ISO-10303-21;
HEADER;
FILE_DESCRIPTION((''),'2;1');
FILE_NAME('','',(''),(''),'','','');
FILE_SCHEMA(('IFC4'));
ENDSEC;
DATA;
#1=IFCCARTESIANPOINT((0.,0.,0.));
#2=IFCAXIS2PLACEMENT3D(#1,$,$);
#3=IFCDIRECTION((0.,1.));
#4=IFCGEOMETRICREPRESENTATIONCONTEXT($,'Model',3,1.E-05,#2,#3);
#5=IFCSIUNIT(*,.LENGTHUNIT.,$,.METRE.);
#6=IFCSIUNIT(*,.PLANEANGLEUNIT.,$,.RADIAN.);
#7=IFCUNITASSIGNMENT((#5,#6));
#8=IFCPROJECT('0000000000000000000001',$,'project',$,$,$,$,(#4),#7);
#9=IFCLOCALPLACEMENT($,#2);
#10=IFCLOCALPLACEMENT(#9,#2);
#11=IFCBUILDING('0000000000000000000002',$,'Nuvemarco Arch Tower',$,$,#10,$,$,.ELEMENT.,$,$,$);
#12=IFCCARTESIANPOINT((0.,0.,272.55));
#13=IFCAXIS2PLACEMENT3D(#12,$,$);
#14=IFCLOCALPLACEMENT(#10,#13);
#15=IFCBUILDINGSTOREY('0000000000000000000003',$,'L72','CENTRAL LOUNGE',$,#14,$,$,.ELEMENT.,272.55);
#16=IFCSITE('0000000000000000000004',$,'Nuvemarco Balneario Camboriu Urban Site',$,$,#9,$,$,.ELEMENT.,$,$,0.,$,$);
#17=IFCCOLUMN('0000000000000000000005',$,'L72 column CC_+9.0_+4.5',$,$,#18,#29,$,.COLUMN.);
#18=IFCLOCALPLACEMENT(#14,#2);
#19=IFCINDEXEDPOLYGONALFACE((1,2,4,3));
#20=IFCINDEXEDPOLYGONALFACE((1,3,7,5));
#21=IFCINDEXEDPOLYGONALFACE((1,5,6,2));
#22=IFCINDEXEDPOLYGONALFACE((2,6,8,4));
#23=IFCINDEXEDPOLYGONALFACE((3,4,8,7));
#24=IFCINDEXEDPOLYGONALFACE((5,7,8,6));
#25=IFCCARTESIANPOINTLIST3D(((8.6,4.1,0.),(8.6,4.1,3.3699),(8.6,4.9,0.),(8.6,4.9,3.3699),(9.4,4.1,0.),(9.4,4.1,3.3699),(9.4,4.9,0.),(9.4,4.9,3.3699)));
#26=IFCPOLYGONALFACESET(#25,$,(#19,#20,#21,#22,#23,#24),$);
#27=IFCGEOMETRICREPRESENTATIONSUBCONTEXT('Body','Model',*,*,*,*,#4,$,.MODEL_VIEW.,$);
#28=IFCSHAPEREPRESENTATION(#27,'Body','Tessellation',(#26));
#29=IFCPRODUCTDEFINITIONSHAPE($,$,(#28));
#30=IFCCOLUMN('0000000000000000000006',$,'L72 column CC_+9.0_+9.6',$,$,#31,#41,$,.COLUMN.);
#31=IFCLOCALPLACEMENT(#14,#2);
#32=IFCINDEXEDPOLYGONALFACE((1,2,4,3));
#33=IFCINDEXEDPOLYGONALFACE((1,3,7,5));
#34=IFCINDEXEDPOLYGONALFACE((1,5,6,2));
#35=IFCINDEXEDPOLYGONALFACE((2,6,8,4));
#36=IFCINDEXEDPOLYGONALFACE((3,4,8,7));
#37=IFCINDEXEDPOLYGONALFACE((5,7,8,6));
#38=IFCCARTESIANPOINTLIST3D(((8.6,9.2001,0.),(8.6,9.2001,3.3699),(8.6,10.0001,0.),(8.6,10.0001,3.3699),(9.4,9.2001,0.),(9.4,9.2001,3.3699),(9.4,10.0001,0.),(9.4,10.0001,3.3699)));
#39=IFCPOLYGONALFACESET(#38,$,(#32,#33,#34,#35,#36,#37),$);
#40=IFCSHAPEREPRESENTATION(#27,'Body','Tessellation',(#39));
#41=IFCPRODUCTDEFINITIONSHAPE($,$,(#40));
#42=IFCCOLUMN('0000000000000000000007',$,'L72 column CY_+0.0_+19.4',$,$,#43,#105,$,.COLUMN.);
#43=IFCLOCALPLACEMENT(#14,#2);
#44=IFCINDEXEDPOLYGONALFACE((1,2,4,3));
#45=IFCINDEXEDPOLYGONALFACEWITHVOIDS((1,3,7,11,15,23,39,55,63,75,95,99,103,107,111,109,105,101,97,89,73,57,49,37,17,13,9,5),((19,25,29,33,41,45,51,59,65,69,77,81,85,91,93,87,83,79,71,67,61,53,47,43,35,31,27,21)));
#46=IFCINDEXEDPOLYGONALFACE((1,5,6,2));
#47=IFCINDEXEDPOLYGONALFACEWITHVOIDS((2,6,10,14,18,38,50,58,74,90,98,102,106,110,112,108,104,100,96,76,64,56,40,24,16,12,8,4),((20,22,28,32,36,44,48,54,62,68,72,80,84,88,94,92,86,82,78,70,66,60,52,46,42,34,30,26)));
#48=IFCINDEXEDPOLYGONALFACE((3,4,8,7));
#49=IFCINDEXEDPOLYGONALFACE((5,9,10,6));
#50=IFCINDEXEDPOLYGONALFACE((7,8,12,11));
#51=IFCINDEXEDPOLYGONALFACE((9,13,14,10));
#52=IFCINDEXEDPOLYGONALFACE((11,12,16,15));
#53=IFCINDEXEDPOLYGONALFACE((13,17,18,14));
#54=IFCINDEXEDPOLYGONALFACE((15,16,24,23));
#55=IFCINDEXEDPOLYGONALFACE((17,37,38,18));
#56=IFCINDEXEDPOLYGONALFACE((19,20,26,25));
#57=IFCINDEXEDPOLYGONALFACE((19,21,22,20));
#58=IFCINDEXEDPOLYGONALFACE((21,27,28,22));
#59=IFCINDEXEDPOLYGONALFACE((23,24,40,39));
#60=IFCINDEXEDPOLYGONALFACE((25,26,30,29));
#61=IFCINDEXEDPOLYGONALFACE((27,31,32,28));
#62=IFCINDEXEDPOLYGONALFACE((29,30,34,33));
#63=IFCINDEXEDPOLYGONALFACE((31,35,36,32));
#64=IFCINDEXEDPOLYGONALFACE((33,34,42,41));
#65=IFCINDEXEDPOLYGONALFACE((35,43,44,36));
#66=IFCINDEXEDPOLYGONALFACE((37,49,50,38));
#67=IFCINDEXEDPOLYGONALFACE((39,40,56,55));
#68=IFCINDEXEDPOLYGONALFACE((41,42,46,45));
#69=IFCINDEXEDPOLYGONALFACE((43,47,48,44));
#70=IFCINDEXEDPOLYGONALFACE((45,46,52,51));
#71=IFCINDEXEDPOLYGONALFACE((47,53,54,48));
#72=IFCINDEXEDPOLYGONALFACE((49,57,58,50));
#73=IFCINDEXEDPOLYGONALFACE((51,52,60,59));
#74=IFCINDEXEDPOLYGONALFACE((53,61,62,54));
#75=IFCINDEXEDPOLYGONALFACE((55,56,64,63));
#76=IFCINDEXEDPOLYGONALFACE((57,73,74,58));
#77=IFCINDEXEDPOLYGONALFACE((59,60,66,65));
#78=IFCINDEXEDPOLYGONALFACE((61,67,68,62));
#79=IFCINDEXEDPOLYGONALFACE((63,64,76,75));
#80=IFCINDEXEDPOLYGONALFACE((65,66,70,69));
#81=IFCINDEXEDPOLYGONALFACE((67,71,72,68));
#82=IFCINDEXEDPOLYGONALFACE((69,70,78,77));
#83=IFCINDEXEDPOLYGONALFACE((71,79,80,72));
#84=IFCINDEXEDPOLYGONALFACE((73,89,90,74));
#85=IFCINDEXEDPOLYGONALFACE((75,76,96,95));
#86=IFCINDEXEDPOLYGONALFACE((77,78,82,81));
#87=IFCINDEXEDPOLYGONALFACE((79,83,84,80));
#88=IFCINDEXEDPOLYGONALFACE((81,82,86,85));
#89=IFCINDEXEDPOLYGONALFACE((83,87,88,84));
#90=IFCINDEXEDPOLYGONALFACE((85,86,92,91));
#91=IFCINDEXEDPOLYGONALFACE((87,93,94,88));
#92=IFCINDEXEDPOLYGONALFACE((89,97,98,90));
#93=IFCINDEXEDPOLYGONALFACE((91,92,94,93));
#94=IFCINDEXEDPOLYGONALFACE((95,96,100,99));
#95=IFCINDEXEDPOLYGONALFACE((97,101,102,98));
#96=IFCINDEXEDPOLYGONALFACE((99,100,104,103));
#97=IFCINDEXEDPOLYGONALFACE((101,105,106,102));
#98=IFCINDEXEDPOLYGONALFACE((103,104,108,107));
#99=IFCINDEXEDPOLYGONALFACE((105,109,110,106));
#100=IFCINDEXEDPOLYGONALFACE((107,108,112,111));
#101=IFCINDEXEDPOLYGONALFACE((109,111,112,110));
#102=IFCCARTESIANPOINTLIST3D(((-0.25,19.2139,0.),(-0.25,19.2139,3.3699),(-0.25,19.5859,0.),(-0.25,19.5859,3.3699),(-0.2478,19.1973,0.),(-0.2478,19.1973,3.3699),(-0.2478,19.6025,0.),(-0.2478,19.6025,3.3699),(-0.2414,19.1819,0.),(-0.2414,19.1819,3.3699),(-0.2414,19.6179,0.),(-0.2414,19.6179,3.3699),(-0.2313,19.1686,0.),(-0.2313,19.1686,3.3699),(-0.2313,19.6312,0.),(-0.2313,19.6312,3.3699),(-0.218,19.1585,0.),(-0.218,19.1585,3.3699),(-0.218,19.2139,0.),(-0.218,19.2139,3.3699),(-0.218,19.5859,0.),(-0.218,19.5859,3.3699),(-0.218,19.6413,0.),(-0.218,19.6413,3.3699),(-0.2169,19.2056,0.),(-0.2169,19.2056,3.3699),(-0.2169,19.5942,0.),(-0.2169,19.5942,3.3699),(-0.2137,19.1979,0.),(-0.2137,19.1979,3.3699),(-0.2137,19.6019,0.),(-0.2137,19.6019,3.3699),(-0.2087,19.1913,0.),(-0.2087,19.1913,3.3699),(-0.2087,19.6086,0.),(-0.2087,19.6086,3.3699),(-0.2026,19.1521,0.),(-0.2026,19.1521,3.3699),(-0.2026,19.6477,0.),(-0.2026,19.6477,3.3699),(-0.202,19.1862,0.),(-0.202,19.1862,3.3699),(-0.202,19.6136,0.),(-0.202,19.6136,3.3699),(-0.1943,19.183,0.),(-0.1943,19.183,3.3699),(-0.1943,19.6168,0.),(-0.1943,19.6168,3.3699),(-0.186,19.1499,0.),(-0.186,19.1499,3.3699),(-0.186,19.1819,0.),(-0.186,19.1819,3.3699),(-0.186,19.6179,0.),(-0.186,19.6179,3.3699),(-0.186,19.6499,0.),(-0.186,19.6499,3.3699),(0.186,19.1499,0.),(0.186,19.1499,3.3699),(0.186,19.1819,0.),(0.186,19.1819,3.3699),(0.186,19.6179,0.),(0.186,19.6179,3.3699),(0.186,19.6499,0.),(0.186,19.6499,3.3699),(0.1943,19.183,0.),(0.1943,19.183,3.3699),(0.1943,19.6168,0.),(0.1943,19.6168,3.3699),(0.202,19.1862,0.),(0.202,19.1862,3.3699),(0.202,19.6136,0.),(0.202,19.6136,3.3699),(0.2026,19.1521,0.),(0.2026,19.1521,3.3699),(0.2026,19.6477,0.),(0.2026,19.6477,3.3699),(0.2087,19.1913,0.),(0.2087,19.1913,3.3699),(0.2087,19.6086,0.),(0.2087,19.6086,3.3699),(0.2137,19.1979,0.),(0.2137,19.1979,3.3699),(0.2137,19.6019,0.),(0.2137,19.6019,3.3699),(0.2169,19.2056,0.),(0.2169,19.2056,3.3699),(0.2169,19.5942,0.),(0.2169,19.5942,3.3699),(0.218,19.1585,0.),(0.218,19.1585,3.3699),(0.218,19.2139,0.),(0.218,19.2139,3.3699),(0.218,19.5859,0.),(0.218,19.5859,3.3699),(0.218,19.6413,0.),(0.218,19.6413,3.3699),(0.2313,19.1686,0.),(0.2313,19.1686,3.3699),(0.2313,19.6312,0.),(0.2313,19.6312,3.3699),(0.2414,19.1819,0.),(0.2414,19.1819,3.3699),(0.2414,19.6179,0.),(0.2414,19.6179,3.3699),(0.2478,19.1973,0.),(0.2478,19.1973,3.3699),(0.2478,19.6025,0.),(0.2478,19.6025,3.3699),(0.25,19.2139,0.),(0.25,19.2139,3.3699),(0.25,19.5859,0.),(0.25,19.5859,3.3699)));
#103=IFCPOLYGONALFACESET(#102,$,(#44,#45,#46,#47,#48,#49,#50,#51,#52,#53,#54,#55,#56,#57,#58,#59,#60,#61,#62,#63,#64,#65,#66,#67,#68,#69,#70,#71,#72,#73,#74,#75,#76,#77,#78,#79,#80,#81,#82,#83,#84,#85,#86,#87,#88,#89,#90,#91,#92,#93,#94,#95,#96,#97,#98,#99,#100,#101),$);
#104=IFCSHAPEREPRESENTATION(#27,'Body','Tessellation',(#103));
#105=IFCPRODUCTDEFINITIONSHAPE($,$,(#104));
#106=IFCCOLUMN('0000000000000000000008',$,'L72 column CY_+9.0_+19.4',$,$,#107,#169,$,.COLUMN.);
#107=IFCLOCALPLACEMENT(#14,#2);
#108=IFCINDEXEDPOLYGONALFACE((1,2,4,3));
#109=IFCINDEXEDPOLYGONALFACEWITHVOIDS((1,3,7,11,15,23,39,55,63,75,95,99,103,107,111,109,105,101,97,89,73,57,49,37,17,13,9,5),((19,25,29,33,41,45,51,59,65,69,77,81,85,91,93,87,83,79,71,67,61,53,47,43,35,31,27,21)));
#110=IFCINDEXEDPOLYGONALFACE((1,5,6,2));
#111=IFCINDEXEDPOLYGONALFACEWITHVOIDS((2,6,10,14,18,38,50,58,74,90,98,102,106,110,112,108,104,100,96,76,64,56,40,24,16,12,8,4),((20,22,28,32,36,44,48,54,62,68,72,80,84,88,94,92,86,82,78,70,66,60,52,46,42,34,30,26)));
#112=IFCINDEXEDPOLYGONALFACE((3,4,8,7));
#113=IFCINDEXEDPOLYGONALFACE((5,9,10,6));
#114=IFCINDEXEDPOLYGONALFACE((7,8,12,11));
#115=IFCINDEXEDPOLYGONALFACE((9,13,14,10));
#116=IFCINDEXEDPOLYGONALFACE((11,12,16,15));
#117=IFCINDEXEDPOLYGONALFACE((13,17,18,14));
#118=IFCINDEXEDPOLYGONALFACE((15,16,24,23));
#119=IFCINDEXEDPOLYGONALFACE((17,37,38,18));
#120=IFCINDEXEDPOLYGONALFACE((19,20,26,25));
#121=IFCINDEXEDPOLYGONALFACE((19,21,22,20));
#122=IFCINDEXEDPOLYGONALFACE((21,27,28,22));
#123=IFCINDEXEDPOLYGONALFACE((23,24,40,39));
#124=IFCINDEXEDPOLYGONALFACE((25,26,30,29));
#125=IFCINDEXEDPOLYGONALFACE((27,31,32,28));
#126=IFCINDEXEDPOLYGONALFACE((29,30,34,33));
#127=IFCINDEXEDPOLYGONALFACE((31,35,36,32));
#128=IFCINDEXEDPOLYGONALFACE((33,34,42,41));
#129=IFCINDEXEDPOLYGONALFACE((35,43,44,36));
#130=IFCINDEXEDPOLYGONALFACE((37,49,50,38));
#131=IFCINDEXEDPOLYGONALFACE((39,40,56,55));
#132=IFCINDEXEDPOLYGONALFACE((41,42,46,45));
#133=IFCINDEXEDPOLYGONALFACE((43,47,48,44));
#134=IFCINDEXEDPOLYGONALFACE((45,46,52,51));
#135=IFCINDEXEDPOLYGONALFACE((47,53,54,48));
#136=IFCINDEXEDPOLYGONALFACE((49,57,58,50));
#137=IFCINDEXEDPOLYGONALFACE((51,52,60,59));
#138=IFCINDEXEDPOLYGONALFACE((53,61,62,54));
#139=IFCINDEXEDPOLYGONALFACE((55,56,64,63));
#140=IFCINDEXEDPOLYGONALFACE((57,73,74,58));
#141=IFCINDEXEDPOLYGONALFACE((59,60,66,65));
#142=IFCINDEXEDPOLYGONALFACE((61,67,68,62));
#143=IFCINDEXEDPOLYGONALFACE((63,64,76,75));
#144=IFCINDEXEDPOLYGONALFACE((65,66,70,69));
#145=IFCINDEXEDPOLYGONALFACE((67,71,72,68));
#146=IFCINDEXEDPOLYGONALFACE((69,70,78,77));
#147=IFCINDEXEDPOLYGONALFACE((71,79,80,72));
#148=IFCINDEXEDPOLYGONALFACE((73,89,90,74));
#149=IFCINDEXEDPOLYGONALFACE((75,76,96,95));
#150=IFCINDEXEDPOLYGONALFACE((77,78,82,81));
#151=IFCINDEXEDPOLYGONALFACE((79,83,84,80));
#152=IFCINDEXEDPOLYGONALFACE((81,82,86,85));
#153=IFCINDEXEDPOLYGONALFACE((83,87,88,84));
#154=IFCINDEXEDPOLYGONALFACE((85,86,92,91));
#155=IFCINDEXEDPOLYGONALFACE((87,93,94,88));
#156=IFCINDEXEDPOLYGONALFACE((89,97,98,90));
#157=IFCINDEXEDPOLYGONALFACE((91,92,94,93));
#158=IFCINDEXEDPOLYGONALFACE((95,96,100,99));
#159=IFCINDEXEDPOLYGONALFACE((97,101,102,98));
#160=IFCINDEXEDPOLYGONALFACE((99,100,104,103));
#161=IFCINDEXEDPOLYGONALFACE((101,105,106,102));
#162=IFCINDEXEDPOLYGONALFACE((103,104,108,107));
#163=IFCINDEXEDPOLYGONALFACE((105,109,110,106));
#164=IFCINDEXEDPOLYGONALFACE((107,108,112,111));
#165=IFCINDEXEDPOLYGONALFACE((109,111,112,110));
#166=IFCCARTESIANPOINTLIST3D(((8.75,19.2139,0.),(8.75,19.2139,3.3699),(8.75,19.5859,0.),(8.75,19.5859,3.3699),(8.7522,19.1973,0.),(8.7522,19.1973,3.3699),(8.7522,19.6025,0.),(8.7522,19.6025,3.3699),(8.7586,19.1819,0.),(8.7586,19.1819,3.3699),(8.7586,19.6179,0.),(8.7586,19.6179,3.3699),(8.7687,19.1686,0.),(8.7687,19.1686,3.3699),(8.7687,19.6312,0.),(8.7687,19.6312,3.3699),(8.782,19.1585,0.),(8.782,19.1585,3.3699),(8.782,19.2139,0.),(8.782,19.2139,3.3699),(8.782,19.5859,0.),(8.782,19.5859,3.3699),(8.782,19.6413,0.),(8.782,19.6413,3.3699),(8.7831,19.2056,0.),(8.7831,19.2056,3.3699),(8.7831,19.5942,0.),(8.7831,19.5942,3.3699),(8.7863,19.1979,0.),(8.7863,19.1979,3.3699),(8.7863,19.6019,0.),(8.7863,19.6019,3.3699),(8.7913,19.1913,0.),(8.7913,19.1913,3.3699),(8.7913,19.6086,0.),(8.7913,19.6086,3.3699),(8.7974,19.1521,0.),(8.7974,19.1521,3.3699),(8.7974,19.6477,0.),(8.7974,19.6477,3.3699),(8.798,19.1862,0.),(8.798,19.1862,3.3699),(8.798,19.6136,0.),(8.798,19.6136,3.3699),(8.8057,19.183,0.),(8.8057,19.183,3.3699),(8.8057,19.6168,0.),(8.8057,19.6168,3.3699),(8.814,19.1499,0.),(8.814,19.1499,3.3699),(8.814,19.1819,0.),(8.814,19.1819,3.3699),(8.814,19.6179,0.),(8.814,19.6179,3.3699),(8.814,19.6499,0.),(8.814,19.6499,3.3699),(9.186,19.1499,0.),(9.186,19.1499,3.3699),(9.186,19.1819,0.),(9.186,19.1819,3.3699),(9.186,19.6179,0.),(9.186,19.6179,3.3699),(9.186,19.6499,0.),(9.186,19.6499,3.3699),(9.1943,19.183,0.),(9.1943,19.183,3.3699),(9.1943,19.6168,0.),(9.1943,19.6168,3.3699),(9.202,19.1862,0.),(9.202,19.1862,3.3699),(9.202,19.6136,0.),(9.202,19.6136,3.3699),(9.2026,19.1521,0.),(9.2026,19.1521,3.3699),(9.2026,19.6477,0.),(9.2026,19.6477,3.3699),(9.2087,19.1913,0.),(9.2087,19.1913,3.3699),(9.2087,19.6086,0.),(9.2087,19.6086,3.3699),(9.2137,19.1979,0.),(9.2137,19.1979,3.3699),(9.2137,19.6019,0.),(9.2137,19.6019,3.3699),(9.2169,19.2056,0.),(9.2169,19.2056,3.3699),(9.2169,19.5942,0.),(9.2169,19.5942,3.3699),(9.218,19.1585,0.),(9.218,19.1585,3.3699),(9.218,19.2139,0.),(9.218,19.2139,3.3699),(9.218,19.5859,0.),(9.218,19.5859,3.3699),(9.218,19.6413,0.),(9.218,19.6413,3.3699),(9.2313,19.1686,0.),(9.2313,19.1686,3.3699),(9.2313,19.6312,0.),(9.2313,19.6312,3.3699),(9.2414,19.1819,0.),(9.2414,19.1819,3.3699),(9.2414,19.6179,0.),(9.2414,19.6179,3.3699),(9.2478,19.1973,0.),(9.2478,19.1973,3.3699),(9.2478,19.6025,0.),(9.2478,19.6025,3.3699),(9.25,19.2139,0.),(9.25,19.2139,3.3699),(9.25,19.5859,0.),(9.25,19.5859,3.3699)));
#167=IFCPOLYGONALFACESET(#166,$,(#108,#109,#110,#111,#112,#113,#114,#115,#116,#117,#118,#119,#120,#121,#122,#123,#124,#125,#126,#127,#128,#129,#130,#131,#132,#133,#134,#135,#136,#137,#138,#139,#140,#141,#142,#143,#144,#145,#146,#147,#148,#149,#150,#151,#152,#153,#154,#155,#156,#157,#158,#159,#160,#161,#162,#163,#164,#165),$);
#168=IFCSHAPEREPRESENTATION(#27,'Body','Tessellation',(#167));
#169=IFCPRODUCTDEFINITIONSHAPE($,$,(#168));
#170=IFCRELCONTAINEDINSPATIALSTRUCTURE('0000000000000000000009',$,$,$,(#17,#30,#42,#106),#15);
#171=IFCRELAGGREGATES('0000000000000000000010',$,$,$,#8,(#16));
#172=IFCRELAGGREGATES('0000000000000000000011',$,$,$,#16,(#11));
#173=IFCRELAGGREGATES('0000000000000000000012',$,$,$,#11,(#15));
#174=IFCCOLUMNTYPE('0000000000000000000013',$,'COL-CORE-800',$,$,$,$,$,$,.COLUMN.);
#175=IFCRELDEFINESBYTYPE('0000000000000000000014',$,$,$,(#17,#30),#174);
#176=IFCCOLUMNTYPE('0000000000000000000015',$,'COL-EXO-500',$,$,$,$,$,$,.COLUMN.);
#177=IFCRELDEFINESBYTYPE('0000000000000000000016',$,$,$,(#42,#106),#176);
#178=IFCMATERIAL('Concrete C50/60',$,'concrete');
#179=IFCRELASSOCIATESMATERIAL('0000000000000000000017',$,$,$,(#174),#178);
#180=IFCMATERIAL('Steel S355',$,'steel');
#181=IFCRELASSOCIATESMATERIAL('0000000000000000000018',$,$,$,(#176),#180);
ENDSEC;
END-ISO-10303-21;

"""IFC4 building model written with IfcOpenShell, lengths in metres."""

from ifc_helpers import new_model, si_unit, direction, frame, origin, origin_2d, place, context, subcontext, project, spatial, rectangle, hollow_rectangle, extrude, material, material_profile, profile_set, type_object, element, save


model = new_model("IFC4")

# Units and contexts
model_context = context("Model", 3, precision=1e-05, world=origin(), true_north=direction((0.0, 1.0)))
body_context = subcontext(model_context, "Body", "Model", "MODEL_VIEW")
ifc_project = project(units=[si_unit("LENGTHUNIT", "METRE"), si_unit("PLANEANGLEUNIT", "RADIAN")], contexts=[model_context])

# Site, building, storey
site_placement = place(None, origin())
site = spatial("IfcSite", under=ifc_project, at=site_placement, Name="Nuvemarco Balneario Camboriu Urban Site", CompositionType="ELEMENT", RefElevation=0.0)
building_placement = place(site_placement, origin())
building = spatial("IfcBuilding", under=site, at=building_placement, Name="Nuvemarco Arch Tower", CompositionType="ELEMENT")
storey_placement = place(building_placement, frame((0.0, 0.0, 272.55)))
storey = spatial("IfcBuildingStorey", under=building, at=storey_placement, Name="L72", Description="CENTRAL LOUNGE", CompositionType="ELEMENT", Elevation=272.55)

# Columns
ifc_material_1 = material(Name="Concrete C50/60", Category="concrete")
ifc_material_profile_1 = material_profile(ifc_material_1, rectangle(XDim=0.8, YDim=0.8, at=origin_2d()), Name="RC-COL-800x800")
ifc_profile_set_1 = profile_set([ifc_material_profile_1], Name="Concrete C50/60")
column_type_1 = type_object("IfcColumnType", Name="COL-CORE-800", PredefinedType="COLUMN", material=ifc_profile_set_1)
for number, where, z_axis, x_axis, name in (
    (1, (9.0, 4.5, 0.0), (0.0, 0.0, 1.0), (1.0, 0.0, 0.0), "L72 column CC_+9.0_+4.5"),
    (2, (9.0, 9.6001, 0.0), (0.0, 0.0, 1.0), (1.0, 0.0, 0.0), "L72 column CC_+9.0_+9.6"),
):
    element("IfcColumn", number, at=place(storey_placement, frame(where, z_axis=z_axis, x_axis=x_axis)), inside=storey, type_object=column_type_1, Name=name, PredefinedType="COLUMN", context=body_context, shape_type="SweptSolid", body=[
        extrude(rectangle(XDim=0.8, YDim=0.8, at=origin_2d()), origin(), (0.0, 0.0, 1.0), 3.3699),
    ])
ifc_material_2 = material(Name="Steel S355", Category="steel")
ifc_material_profile_2 = material_profile(ifc_material_2, hollow_rectangle(XDim=0.5, YDim=0.5, WallThickness=0.032, InnerFilletRadius=0.032, OuterFilletRadius=0.064, at=origin_2d()), Name="SHS500x500x32")
ifc_profile_set_2 = profile_set([ifc_material_profile_2], Name="Steel S355")
column_type_2 = type_object("IfcColumnType", Name="COL-EXO-500", PredefinedType="COLUMN", material=ifc_profile_set_2)
for number, where, z_axis, x_axis, name in (
    (3, (0.0, 19.3999, 0.0), (0.0, 0.0, 1.0), (1.0, 0.0, 0.0), "L72 column CY_+0.0_+19.4"),
    (4, (9.0, 19.3999, 0.0), (0.0, 0.0, 1.0), (1.0, 0.0, 0.0), "L72 column CY_+9.0_+19.4"),
):
    element("IfcColumn", number, at=place(storey_placement, frame(where, z_axis=z_axis, x_axis=x_axis)), inside=storey, type_object=column_type_2, Name=name, PredefinedType="COLUMN", context=body_context, shape_type="SweptSolid", body=[
        extrude(hollow_rectangle(XDim=0.5, YDim=0.5, WallThickness=0.032, InnerFilletRadius=0.032, OuterFilletRadius=0.064, at=origin_2d()), origin(), (0.0, 0.0, 1.0), 3.3699),
    ])

save(model, "model.ifc")
